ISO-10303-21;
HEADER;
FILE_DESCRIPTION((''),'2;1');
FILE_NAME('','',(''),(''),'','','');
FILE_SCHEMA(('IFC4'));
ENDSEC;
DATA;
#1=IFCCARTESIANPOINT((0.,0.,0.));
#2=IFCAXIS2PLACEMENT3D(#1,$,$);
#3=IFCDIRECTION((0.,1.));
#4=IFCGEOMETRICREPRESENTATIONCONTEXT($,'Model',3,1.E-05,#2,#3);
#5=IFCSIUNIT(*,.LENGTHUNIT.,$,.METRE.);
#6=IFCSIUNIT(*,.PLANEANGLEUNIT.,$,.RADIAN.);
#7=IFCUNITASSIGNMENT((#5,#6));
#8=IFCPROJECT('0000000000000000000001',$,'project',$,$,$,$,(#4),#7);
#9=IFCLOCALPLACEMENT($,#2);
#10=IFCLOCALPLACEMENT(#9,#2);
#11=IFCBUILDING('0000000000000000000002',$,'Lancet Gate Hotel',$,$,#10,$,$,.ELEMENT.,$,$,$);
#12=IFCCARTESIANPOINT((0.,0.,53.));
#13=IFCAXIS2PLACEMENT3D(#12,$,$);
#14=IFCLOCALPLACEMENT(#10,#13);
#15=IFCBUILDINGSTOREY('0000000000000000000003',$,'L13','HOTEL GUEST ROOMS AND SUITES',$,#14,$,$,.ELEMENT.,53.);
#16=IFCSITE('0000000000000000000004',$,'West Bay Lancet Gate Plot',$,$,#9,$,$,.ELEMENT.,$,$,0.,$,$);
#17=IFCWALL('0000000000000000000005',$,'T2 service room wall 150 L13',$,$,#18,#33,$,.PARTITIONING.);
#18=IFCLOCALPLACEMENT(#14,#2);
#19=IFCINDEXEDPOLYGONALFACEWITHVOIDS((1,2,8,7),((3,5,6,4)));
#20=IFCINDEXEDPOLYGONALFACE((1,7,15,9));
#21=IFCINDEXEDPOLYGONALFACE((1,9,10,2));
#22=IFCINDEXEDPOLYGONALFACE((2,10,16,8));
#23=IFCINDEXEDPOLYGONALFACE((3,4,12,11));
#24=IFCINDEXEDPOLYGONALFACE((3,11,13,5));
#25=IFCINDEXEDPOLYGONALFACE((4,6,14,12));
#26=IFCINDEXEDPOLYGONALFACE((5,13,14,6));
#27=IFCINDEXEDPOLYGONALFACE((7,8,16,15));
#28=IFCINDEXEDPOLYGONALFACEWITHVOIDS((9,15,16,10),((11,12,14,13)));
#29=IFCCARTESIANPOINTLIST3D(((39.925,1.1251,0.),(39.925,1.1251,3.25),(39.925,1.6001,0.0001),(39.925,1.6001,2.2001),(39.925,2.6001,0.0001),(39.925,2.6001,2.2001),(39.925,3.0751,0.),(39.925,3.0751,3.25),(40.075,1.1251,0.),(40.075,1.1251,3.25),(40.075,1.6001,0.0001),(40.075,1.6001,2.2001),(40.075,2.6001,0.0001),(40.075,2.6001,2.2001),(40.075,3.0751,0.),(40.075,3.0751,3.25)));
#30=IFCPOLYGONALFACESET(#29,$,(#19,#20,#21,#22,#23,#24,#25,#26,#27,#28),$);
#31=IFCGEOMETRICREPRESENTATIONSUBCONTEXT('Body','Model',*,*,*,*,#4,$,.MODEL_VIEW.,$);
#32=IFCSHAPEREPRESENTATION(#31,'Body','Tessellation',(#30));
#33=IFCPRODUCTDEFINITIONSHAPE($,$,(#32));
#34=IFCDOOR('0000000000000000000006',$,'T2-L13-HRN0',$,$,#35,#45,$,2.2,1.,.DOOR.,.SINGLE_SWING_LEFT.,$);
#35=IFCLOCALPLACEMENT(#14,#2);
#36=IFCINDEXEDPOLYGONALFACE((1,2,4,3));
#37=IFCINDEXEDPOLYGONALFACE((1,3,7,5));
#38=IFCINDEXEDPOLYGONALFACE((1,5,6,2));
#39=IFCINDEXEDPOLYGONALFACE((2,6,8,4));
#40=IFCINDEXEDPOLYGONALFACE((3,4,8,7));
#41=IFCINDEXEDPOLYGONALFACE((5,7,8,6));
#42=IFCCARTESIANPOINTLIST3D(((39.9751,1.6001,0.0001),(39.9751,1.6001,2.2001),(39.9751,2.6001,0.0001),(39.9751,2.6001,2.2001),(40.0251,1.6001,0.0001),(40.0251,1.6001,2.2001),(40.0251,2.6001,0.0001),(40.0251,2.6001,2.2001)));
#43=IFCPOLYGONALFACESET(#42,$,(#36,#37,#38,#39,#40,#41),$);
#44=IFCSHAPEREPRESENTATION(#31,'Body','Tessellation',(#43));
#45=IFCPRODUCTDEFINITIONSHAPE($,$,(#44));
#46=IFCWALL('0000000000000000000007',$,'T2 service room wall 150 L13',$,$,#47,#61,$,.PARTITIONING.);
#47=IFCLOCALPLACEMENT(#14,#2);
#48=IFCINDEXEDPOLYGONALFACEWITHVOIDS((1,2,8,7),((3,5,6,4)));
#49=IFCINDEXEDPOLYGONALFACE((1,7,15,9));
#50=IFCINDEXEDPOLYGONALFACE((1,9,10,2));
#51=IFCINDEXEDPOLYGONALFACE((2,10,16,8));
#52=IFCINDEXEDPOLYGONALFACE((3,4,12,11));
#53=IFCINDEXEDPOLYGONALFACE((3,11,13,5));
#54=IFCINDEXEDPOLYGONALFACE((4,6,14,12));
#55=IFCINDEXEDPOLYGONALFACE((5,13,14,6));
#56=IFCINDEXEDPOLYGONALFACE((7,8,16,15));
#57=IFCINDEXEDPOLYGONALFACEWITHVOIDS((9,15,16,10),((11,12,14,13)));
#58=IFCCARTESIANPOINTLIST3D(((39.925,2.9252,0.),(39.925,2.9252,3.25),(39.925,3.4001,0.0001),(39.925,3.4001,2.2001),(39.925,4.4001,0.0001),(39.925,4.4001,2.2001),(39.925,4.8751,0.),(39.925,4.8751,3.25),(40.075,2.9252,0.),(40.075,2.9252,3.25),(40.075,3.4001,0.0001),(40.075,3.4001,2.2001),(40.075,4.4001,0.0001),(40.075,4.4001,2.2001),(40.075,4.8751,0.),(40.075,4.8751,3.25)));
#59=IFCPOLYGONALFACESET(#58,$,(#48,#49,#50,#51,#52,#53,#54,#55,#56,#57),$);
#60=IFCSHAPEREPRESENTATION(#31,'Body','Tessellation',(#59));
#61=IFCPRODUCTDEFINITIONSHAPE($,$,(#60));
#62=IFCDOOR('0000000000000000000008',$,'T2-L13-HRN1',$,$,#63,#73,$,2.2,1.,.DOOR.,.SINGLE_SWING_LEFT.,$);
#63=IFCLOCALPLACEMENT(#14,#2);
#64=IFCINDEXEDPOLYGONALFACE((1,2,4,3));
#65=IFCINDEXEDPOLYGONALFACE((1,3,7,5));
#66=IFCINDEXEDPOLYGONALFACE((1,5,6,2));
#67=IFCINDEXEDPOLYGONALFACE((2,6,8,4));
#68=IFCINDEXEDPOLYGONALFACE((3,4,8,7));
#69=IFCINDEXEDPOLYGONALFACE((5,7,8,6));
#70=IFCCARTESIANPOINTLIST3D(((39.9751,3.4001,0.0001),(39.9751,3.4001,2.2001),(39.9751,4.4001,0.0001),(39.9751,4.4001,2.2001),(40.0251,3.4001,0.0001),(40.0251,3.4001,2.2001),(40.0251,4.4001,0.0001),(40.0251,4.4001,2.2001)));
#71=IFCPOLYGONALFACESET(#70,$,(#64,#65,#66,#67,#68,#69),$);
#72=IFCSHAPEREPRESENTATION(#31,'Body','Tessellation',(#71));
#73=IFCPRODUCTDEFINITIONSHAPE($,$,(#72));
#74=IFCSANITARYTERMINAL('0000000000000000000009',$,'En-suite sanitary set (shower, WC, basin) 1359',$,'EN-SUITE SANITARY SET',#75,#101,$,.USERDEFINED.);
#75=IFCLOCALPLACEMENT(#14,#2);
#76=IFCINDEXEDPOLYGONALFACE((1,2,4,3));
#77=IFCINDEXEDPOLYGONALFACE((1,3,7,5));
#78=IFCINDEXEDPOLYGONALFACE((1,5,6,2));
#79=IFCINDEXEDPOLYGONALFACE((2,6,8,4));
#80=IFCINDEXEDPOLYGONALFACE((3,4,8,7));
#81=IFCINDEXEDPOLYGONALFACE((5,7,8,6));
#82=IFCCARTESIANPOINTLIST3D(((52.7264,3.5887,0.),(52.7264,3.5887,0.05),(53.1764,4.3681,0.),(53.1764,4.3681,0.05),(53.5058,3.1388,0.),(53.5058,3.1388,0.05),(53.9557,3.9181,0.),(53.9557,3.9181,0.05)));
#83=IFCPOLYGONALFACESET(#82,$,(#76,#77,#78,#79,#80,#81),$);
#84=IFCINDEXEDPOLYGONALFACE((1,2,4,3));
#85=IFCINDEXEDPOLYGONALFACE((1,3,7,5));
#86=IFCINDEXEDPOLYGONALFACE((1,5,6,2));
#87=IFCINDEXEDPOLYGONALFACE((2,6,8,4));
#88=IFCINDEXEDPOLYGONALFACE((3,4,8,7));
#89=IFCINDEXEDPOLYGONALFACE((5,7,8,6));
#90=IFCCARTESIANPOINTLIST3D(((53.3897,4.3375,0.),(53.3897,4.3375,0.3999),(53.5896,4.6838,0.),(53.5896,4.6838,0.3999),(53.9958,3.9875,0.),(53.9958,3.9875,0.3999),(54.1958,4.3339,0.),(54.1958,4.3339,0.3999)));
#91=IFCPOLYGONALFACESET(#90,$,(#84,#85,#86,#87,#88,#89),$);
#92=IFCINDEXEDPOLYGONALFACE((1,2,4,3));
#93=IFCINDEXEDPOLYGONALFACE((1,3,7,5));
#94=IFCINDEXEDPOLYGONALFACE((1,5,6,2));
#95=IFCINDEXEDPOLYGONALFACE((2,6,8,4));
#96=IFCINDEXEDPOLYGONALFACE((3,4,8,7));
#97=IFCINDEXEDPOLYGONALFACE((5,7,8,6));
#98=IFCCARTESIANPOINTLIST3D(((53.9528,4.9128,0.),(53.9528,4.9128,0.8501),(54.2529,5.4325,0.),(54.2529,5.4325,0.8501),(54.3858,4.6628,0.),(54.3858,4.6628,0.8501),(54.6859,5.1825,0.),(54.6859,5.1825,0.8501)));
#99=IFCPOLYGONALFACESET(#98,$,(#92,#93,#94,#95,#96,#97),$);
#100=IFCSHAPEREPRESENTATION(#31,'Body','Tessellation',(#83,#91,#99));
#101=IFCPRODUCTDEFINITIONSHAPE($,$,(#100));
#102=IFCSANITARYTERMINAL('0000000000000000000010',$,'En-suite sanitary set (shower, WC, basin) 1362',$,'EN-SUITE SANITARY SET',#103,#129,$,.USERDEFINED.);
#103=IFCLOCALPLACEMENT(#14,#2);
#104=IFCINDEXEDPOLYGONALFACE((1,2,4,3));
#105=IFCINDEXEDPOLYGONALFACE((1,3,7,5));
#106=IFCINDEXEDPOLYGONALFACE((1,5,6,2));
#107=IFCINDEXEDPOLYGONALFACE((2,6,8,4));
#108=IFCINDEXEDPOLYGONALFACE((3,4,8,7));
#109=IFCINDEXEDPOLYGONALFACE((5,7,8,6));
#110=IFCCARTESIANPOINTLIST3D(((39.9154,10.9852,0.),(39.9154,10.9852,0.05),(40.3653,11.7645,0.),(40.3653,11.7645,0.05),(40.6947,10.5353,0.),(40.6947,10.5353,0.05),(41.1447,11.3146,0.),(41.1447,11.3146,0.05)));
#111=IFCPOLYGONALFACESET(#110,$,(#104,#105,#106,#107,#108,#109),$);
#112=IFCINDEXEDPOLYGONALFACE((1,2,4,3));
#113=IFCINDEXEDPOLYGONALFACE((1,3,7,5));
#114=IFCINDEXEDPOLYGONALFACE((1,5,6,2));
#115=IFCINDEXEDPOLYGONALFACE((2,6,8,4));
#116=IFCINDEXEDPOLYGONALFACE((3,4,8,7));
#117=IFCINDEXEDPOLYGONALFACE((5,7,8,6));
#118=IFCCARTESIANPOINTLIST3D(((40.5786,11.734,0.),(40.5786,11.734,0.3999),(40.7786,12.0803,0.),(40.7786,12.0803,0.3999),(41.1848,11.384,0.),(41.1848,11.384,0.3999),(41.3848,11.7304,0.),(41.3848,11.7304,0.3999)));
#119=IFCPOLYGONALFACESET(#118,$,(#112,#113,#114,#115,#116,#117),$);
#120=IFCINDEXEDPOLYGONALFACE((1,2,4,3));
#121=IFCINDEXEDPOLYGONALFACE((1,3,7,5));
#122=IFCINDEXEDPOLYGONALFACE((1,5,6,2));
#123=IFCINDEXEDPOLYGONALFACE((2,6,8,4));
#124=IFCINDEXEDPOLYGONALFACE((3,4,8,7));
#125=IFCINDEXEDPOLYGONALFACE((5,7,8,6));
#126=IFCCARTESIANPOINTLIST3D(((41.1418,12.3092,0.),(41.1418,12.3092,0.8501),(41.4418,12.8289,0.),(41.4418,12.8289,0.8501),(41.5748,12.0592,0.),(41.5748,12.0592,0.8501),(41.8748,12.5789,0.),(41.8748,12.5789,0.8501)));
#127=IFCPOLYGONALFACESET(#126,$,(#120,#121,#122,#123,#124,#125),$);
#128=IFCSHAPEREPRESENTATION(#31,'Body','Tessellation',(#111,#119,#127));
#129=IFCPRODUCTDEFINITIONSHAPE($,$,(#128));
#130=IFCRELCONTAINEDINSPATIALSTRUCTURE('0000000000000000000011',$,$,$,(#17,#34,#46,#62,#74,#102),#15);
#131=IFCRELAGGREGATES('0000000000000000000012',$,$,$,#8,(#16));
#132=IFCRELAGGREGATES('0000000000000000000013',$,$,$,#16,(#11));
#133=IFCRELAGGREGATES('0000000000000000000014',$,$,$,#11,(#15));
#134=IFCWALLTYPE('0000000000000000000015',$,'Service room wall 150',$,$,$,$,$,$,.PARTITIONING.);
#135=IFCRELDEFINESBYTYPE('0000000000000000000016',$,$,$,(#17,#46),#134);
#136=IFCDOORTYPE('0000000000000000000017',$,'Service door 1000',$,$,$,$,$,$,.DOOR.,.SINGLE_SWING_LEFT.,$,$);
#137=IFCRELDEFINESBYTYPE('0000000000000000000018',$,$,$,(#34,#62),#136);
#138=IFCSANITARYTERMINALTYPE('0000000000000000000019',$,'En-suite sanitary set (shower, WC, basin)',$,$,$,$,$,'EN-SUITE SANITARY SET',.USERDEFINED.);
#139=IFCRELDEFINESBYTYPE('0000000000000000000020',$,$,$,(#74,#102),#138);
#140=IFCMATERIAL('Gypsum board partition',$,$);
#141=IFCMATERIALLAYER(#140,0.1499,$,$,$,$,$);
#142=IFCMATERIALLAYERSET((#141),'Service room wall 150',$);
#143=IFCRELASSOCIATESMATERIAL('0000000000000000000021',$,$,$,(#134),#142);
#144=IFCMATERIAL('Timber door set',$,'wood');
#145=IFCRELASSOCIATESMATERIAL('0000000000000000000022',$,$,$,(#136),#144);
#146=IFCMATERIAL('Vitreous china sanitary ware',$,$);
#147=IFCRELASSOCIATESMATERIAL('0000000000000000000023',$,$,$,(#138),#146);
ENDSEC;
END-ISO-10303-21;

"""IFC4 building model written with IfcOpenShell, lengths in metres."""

from ifc_helpers import new_model, si_unit, direction, frame, frame_2d, origin, origin_2d, place, context, subcontext, project, spatial, rectangle, extrude, material, layer, layer_set, type_object, element, fill, save


model = new_model("IFC4")

# Units and contexts
model_context = context("Model", 3, precision=1e-05, world=origin(), true_north=direction((0.0, 1.0)))
body_context = subcontext(model_context, "Body", "Model", "MODEL_VIEW")
ifc_project = project(units=[si_unit("LENGTHUNIT", "METRE"), si_unit("PLANEANGLEUNIT", "RADIAN")], contexts=[model_context])

# Site, building, storey
site_placement = place(None, origin())
site = spatial("IfcSite", under=ifc_project, at=site_placement, Name="West Bay Lancet Gate Plot", CompositionType="ELEMENT", RefElevation=0.0)
building_placement = place(site_placement, origin())
building = spatial("IfcBuilding", under=site, at=building_placement, Name="Lancet Gate Hotel", CompositionType="ELEMENT")
storey_placement = place(building_placement, frame((0.0, 0.0, 53.0)))
storey = spatial("IfcBuildingStorey", under=building, at=storey_placement, Name="L13", Description="HOTEL GUEST ROOMS AND SUITES", CompositionType="ELEMENT", Elevation=53.0)

# Walls, openings, doors
ifc_material_1 = material(Name="Gypsum board partition")
ifc_layer_1 = layer(ifc_material_1, 0.1499)
ifc_layer_set_1 = layer_set([ifc_layer_1], Name="Service room wall 150")
wall_type_1 = type_object("IfcWallType", Name="Service room wall 150", PredefinedType="PARTITIONING", material=ifc_layer_set_1)
wall_1_placement = place(storey_placement, frame((40.0, 1.125, 0.0), z_axis=(0.0, 0.0, 1.0), x_axis=(0.0, 1.0, 0.0)))
wall_1 = element("IfcWall", 1, at=wall_1_placement, inside=storey, type_object=wall_type_1, Name="T2 service room wall 150 L13", PredefinedType="PARTITIONING", context=body_context, shape_type="SweptSolid", body=[
    extrude(rectangle(XDim=1.95, YDim=0.1499, at=frame_2d((0.9751, 0.0))), origin(), (0.0, 0.0, 1.0), 3.25),
])
opening_1_placement = place(wall_1_placement, frame((0.4751, 0.0, 0.0)))
opening_1 = element("IfcOpeningElement", 2, at=opening_1_placement, cuts=wall_1, PredefinedType="OPENING", context=body_context, shape_type="SweptSolid", body=[
    extrude(rectangle(XDim=1.0, YDim=2.2, at=frame_2d((0.5, 1.1001))), frame((0.0, 0.085, 0.0), z_axis=(0.0, -1.0, 0.0), x_axis=(1.0, 0.0, 0.0)), (0.0, 0.0, 1.0), 0.1699),
])
ifc_material_2 = material(Name="Timber door set", Category="wood")
door_type_1 = type_object("IfcDoorType", Name="Service door 1000", OperationType="SINGLE_SWING_LEFT", PredefinedType="DOOR", material=ifc_material_2)
door_1_placement = place(opening_1_placement, origin())
door_1 = element("IfcDoor", 3, at=door_1_placement, inside=storey, type_object=door_type_1, Name="T2-L13-HRN0", OperationType="SINGLE_SWING_LEFT", OverallHeight=2.2, OverallWidth=1.0, PredefinedType="DOOR", context=body_context, shape_type="SweptSolid", body=[
    extrude(rectangle(XDim=1.0, YDim=2.2, at=frame_2d((0.5, 1.1001))), frame((0.0, 0.0249, 0.0), z_axis=(0.0, -1.0, 0.0), x_axis=(1.0, 0.0, 0.0)), (0.0, 0.0, 1.0), 0.05),
])
fill(opening_1, door_1)
wall_2_placement = place(storey_placement, frame((40.0, 2.925, 0.0), z_axis=(0.0, 0.0, 1.0), x_axis=(0.0, 1.0, 0.0)))
wall_2 = element("IfcWall", 4, at=wall_2_placement, inside=storey, type_object=wall_type_1, Name="T2 service room wall 150 L13", PredefinedType="PARTITIONING", context=body_context, shape_type="SweptSolid", body=[
    extrude(rectangle(XDim=1.95, YDim=0.1499, at=frame_2d((0.9751, 0.0))), origin(), (0.0, 0.0, 1.0), 3.25),
])
opening_2_placement = place(wall_2_placement, frame((0.4751, 0.0, 0.0)))
opening_2 = element("IfcOpeningElement", 5, at=opening_2_placement, cuts=wall_2, PredefinedType="OPENING", context=body_context, shape_type="SweptSolid", body=[
    extrude(rectangle(XDim=1.0, YDim=2.2, at=frame_2d((0.5, 1.1001))), frame((0.0, 0.085, 0.0), z_axis=(0.0, -1.0, 0.0), x_axis=(1.0, 0.0, 0.0)), (0.0, 0.0, 1.0), 0.1699),
])
door_2_placement = place(opening_2_placement, origin())
door_2 = element("IfcDoor", 6, at=door_2_placement, inside=storey, type_object=door_type_1, Name="T2-L13-HRN1", OperationType="SINGLE_SWING_LEFT", OverallHeight=2.2, OverallWidth=1.0, PredefinedType="DOOR", context=body_context, shape_type="SweptSolid", body=[
    extrude(rectangle(XDim=1.0, YDim=2.2, at=frame_2d((0.5, 1.1001))), frame((0.0, 0.0249, 0.0), z_axis=(0.0, -1.0, 0.0), x_axis=(1.0, 0.0, 0.0)), (0.0, 0.0, 1.0), 0.05),
])
fill(opening_2, door_2)

# Sanitary terminals
ifc_material_3 = material(Name="Vitreous china sanitary ware")
sanitary_terminal_type = type_object("IfcSanitaryTerminalType", Name="En-suite sanitary set (shower, WC, basin)", ElementType="EN-SUITE SANITARY SET", PredefinedType="USERDEFINED", material=ifc_material_3)
for number, where, z_axis, x_axis, name in (
    (7, (53.3411, 3.7534, 0.0), (0.0, 0.0, 1.0), (1.0, 0.0, 0.0), "En-suite sanitary set (shower, WC, basin) 1359"),
    (8, (40.53, 11.1499, 0.0), (0.0, 0.0, 1.0), (1.0, 0.0, 0.0), "En-suite sanitary set (shower, WC, basin) 1362"),
):
    element("IfcSanitaryTerminal", number, at=place(storey_placement, frame(where, z_axis=z_axis, x_axis=x_axis)), inside=storey, type_object=sanitary_terminal_type, Name=name, ObjectType="EN-SUITE SANITARY SET", PredefinedType="USERDEFINED", context=body_context, shape_type="SweptSolid", body=[
        extrude(rectangle(XDim=0.8999, YDim=0.8999, at=origin_2d()), frame((0.0, 0.0, 0.0), z_axis=(0.0, 0.0, 1.0), x_axis=(-0.5, -0.866025, 0.0)), (0.0, 0.0, 1.0), 0.05),
        extrude(rectangle(XDim=0.3999, YDim=0.7, at=origin_2d()), frame((0.4517, 0.5823, 0.0), z_axis=(0.0, 0.0, 1.0), x_axis=(-0.5, -0.866025, 0.0)), (0.0, 0.0, 1.0), 0.3999),
        extrude(rectangle(XDim=0.6001, YDim=0.5, at=origin_2d()), frame((0.9783, 1.2942, 0.0), z_axis=(0.0, 0.0, 1.0), x_axis=(-0.5, -0.866025, 0.0)), (0.0, 0.0, 1.0), 0.8501),
    ])

save(model, "model.ifc")
